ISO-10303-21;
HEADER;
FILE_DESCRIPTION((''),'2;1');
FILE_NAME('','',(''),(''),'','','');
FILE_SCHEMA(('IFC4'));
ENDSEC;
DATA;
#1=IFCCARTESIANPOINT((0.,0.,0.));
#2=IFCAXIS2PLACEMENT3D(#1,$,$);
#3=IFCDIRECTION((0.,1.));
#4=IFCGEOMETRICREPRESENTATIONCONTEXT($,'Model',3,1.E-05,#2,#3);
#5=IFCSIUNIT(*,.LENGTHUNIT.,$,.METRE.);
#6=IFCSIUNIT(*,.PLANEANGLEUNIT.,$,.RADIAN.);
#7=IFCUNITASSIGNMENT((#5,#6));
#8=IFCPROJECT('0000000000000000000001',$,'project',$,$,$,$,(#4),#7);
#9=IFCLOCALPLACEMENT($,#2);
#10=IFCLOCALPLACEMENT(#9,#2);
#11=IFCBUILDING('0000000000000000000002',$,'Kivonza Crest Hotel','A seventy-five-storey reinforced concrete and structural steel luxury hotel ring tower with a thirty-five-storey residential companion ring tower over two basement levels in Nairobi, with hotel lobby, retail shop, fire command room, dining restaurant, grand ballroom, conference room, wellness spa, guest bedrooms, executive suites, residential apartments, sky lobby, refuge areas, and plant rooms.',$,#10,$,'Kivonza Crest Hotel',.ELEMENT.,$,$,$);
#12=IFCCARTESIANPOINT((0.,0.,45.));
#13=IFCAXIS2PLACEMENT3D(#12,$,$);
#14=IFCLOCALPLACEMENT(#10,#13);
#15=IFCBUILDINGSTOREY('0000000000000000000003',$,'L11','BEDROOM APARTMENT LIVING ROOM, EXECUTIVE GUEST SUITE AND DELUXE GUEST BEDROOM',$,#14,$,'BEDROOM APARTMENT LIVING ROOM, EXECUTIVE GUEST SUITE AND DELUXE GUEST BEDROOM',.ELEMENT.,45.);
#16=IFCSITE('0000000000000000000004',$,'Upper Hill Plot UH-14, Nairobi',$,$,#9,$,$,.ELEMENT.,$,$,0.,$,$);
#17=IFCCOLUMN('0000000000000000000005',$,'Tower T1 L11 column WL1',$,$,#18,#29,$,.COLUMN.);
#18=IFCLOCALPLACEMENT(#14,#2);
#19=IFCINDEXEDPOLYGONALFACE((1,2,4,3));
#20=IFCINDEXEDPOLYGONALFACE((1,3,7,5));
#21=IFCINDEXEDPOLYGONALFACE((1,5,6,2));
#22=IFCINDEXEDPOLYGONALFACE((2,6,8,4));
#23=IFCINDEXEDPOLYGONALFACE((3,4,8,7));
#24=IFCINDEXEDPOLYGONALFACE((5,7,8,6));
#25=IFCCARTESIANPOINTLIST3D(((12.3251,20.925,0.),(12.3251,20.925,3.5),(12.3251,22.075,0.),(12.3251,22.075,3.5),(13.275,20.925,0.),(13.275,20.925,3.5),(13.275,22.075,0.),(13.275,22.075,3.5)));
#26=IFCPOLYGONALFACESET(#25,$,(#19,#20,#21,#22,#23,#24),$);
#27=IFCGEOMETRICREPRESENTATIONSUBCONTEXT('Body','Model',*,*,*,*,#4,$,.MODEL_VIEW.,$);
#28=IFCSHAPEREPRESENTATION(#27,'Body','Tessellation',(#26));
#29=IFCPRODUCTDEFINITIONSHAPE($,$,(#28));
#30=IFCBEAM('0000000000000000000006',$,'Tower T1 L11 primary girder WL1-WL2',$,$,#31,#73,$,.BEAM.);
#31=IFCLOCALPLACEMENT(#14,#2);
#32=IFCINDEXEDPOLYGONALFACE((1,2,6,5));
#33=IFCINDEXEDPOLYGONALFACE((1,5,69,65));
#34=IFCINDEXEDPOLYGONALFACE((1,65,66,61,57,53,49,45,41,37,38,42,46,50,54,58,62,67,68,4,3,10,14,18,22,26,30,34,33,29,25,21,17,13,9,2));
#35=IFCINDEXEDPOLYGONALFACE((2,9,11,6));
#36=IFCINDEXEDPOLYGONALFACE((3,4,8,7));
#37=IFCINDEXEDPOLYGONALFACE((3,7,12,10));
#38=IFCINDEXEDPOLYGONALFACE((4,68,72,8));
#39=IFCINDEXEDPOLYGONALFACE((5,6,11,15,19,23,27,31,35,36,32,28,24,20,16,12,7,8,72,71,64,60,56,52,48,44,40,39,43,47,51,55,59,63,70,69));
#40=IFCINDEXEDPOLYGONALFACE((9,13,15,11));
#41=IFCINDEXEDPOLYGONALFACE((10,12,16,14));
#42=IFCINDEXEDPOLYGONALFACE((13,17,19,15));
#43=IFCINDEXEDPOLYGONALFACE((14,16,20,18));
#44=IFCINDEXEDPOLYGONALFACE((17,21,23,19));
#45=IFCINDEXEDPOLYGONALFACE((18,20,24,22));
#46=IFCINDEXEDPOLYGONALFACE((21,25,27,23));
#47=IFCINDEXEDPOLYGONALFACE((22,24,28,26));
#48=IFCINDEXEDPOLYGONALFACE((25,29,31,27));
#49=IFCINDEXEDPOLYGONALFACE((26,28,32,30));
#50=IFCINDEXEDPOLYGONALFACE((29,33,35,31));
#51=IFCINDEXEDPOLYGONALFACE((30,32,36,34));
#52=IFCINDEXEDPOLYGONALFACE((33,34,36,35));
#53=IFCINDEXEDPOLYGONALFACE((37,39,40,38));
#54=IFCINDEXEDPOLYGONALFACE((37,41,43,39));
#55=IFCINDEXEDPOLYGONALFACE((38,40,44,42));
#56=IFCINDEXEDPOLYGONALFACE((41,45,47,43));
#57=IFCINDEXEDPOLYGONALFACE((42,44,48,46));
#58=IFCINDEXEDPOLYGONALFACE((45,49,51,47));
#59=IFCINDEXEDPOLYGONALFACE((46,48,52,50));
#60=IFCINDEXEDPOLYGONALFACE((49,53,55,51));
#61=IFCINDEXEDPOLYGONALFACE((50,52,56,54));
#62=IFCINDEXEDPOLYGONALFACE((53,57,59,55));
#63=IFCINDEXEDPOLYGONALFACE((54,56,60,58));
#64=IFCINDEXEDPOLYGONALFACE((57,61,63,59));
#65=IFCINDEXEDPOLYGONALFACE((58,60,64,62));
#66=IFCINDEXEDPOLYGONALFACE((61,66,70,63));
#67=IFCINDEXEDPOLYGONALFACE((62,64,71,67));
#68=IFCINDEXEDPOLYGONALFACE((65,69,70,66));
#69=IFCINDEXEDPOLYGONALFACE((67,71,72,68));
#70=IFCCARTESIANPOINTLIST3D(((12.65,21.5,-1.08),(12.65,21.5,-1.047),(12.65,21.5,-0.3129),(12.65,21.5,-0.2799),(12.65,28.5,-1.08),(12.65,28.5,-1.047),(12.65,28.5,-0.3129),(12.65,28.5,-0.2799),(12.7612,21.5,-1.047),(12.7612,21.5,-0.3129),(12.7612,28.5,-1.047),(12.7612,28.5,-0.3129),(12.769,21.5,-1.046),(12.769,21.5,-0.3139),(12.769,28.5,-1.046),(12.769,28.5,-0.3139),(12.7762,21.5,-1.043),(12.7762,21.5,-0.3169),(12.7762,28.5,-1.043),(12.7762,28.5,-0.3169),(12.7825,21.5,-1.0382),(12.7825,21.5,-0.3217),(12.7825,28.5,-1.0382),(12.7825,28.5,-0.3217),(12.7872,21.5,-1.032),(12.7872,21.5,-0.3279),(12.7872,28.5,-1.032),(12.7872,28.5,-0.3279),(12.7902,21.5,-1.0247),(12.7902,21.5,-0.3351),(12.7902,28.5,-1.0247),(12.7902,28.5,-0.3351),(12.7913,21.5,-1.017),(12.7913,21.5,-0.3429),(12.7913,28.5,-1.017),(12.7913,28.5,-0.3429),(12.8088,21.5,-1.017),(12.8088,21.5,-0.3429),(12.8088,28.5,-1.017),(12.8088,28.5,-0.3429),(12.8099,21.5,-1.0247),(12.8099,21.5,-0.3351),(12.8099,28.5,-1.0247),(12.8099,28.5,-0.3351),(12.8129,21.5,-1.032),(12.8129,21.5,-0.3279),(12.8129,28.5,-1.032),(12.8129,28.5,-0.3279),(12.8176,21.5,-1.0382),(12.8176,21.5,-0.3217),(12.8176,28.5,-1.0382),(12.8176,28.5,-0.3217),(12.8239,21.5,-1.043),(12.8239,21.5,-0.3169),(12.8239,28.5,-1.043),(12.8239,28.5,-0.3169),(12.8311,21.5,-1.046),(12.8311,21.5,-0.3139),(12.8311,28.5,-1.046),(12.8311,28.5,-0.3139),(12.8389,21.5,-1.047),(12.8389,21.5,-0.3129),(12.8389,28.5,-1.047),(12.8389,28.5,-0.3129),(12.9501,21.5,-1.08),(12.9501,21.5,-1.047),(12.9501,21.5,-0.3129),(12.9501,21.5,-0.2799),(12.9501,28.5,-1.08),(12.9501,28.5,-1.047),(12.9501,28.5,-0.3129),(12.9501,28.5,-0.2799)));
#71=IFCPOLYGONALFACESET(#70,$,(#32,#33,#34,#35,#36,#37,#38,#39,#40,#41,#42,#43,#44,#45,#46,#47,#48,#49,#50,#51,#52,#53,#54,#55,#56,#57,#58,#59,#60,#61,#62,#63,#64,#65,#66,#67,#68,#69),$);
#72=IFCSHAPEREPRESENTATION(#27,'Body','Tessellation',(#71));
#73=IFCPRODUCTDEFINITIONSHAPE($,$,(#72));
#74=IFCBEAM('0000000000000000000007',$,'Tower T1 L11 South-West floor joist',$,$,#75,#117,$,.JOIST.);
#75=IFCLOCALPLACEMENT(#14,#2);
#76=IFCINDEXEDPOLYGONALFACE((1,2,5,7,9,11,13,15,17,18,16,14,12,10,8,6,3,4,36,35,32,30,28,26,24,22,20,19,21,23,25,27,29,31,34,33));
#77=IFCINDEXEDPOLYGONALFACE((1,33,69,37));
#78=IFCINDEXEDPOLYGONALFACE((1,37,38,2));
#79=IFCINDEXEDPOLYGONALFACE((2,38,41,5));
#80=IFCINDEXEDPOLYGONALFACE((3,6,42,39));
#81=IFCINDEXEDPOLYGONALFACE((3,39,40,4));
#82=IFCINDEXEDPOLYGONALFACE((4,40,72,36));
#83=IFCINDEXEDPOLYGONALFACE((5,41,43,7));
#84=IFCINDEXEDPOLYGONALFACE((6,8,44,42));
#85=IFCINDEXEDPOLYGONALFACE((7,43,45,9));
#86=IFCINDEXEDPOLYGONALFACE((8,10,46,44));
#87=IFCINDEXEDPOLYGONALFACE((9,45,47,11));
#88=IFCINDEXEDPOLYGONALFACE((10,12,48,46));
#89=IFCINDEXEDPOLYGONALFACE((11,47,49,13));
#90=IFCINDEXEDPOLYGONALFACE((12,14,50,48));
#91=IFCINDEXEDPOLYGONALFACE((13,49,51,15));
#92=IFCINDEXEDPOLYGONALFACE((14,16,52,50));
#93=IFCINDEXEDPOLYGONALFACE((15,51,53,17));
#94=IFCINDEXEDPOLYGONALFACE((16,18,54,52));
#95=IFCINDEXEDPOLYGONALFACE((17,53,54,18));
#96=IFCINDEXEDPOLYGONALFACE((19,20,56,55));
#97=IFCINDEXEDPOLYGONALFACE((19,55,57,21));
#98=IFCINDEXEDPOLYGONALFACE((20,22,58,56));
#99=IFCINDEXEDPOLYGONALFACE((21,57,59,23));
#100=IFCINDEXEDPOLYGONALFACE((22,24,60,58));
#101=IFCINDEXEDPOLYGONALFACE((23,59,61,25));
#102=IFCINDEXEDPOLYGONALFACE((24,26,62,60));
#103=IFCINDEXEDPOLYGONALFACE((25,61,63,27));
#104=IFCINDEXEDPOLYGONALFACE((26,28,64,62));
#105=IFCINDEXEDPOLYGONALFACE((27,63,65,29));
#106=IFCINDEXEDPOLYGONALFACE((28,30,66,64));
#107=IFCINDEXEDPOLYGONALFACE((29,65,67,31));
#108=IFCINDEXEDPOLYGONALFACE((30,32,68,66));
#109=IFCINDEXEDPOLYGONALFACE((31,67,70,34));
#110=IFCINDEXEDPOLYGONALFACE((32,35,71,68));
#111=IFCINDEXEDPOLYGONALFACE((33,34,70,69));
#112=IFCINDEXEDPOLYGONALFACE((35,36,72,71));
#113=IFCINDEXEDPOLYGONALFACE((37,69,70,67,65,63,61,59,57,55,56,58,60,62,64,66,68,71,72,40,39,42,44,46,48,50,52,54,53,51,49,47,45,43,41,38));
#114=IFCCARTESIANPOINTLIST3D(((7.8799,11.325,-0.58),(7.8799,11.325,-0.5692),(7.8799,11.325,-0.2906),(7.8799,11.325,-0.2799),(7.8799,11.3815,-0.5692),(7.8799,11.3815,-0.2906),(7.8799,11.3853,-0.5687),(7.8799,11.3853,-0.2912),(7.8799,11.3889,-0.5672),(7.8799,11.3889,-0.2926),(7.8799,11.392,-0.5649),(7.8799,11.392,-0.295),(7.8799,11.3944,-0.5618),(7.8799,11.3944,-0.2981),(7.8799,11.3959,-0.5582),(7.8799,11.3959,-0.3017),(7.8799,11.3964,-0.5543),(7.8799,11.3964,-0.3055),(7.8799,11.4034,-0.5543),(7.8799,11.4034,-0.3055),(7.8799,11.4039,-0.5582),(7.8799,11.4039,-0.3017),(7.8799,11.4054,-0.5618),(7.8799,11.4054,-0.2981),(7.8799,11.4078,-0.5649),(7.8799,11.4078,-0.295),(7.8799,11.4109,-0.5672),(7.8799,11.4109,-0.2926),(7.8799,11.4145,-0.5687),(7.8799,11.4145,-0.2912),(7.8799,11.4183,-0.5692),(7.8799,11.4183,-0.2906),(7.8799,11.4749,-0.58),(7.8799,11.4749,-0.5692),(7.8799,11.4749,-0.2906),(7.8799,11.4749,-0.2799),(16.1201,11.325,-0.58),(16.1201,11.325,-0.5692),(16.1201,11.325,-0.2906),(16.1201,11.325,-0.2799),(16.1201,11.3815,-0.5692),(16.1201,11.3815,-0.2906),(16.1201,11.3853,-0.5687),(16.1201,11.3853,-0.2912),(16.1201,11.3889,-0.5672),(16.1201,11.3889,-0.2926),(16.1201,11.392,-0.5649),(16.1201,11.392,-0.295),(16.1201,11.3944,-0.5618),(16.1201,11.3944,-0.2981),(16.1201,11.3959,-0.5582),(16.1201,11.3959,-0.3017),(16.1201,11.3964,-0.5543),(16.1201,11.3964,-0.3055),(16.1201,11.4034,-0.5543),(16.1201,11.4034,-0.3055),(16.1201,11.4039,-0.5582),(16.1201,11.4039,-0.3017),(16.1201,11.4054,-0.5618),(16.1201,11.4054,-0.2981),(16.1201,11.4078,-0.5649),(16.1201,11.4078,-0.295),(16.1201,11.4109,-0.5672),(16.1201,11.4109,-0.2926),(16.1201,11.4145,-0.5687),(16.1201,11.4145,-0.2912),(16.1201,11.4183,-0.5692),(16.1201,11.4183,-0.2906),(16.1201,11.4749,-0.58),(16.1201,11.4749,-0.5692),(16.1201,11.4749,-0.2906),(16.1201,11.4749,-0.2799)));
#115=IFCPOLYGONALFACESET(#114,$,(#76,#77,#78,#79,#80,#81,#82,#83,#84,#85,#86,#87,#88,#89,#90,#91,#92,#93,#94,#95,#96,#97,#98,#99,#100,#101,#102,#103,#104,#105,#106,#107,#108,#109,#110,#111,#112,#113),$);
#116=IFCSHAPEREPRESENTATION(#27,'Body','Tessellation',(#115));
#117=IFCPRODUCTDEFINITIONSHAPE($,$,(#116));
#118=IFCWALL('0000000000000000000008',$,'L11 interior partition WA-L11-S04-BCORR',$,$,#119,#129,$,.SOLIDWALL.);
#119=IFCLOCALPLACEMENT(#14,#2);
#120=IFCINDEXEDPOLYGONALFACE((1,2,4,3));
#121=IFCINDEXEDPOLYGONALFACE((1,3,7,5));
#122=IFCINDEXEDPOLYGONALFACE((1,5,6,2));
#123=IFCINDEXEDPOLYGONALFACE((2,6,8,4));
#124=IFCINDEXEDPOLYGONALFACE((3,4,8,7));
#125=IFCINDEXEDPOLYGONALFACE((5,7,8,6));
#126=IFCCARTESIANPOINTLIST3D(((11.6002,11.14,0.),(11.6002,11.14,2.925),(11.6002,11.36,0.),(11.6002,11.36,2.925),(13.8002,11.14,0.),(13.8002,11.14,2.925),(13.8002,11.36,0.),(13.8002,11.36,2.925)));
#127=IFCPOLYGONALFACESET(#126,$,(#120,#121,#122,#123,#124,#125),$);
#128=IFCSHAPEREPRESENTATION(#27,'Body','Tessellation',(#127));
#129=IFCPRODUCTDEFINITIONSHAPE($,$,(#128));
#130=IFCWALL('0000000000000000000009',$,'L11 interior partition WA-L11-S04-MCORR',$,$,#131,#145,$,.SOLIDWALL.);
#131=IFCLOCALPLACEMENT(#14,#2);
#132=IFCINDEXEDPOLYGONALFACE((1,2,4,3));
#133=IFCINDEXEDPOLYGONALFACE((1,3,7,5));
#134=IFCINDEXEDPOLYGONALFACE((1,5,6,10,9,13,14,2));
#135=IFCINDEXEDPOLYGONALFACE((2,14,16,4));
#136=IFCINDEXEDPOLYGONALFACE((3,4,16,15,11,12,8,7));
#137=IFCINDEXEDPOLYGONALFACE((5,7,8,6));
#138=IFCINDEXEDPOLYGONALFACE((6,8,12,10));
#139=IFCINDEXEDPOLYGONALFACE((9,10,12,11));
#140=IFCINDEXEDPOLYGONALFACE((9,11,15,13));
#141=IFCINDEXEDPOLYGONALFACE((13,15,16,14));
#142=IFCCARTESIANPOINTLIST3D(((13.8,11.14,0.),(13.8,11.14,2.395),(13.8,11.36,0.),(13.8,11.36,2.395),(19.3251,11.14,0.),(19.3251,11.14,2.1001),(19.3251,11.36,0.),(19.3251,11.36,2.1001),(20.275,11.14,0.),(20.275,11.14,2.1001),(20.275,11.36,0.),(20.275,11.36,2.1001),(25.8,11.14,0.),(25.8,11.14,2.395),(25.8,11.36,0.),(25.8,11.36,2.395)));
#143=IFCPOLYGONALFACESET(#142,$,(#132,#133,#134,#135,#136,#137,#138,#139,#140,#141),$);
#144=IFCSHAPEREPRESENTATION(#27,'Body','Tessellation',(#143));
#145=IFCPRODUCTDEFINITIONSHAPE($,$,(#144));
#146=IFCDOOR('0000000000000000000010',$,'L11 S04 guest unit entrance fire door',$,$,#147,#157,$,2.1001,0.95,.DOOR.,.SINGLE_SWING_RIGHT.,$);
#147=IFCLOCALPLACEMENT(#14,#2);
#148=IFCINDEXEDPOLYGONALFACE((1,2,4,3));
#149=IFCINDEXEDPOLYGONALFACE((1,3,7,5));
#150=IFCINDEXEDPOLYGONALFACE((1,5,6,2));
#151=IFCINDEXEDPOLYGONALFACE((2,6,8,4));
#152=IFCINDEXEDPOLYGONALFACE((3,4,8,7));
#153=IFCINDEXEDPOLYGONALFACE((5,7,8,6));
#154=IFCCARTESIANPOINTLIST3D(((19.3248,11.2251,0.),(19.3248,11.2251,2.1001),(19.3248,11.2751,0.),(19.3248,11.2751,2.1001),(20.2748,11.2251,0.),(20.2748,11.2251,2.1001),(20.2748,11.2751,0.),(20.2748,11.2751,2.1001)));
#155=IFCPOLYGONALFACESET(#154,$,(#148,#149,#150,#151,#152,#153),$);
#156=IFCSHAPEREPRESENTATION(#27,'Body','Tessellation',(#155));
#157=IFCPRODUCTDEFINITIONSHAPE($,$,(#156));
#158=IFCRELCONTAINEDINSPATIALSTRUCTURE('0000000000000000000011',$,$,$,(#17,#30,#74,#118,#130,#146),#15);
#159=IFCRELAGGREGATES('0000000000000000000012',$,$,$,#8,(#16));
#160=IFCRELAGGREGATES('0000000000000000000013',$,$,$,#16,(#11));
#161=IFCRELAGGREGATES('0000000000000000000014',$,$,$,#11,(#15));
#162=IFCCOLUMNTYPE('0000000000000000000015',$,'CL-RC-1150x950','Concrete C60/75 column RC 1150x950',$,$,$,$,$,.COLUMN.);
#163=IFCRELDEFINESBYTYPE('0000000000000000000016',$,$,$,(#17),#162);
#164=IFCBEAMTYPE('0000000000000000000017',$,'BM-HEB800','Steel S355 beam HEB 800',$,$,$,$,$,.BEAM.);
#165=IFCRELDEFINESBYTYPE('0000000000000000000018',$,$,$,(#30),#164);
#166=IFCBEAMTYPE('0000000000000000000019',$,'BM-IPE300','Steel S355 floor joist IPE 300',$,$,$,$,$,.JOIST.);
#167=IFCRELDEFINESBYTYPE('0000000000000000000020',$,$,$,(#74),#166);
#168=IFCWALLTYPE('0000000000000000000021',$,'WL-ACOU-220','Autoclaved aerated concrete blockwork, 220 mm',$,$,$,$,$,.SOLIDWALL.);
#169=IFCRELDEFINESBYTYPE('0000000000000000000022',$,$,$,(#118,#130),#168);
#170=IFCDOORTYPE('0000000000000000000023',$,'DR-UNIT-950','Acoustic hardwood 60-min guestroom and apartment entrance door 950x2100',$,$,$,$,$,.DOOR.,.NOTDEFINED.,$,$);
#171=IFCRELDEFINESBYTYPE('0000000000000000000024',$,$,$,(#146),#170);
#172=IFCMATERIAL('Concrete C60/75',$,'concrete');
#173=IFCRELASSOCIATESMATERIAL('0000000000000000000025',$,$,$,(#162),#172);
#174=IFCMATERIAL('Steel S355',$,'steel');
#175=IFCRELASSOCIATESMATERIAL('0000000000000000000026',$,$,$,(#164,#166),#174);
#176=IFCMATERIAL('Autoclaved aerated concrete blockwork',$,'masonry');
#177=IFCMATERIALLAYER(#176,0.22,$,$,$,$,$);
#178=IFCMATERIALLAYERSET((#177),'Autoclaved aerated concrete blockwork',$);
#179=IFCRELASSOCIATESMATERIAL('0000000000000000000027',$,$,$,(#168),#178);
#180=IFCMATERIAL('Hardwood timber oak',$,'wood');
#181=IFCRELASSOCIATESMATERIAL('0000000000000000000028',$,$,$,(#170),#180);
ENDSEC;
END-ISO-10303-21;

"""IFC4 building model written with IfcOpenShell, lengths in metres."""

from ifc_helpers import new_model, si_unit, direction, frame, frame_2d, origin, origin_2d, place, context, subcontext, project, spatial, rectangle, i_section, extrude, material, layer, layer_set, material_profile, profile_set, type_object, element, fill, save


model = new_model("IFC4")

# Units and contexts
model_context = context("Model", 3, precision=1e-05, world=origin(), true_north=direction((0.0, 1.0)))
body_context = subcontext(model_context, "Body", "Model", "MODEL_VIEW")
ifc_project = project(units=[si_unit("LENGTHUNIT", "METRE"), si_unit("PLANEANGLEUNIT", "RADIAN")], contexts=[model_context])

# Site, building, storey
site_placement = place(None, origin())
site = spatial("IfcSite", under=ifc_project, at=site_placement, Name="Upper Hill Plot UH-14, Nairobi", CompositionType="ELEMENT", RefElevation=0.0)
building_placement = place(site_placement, origin())
building = spatial("IfcBuilding", under=site, at=building_placement, Name="Kivonza Crest Hotel", Description="A seventy-five-storey reinforced concrete and structural steel luxury hotel ring tower with a thirty-five-storey residential companion ring tower over two basement levels in Nairobi, with hotel lobby, retail shop, fire command room, dining restaurant, grand ballroom, conference room, wellness spa, guest bedrooms, executive suites, residential apartments, sky lobby, refuge areas, and plant rooms.", LongName="Kivonza Crest Hotel", CompositionType="ELEMENT")
storey_placement = place(building_placement, frame((0.0, 0.0, 45.0)))
storey = spatial("IfcBuildingStorey", under=building, at=storey_placement, Name="L11", Description="BEDROOM APARTMENT LIVING ROOM, EXECUTIVE GUEST SUITE AND DELUXE GUEST BEDROOM", LongName="BEDROOM APARTMENT LIVING ROOM, EXECUTIVE GUEST SUITE AND DELUXE GUEST BEDROOM", CompositionType="ELEMENT", Elevation=45.0)

# Column
ifc_material_1 = material(Name="Concrete C60/75", Category="concrete")
ifc_material_profile_1 = material_profile(ifc_material_1, rectangle(XDim=0.95, YDim=1.1499, at=origin_2d()), Name="RC 1150x950")
ifc_profile_set_1 = profile_set([ifc_material_profile_1], Name="Concrete C60/75")
column_type = type_object("IfcColumnType", Name="CL-RC-1150x950", Description="Concrete C60/75 column RC 1150x950", PredefinedType="COLUMN", material=ifc_profile_set_1)
column_placement = place(storey_placement, frame((12.8, 21.5, 0.0), z_axis=(0.0, 0.0, 1.0), x_axis=(1.0, 0.0, 0.0)))
element("IfcColumn", 1, at=column_placement, inside=storey, type_object=column_type, Name="Tower T1 L11 column WL1", PredefinedType="COLUMN", context=body_context, shape_type="SweptSolid", body=[
    extrude(rectangle(XDim=0.95, YDim=1.1499, at=origin_2d()), origin(), (0.0, 0.0, 1.0), 3.5),
])

# Beams
ifc_material_2 = material(Name="Steel S355", Category="steel")
ifc_material_profile_2 = material_profile(ifc_material_2, i_section(OverallWidth=0.3, OverallDepth=0.8, WebThickness=0.0176, FlangeThickness=0.033, FilletRadius=0.03, at=origin_2d()), Name="HEB 800")
ifc_profile_set_2 = profile_set([ifc_material_profile_2], Name="Steel S355")
beam_type_1 = type_object("IfcBeamType", Name="BM-HEB800", Description="Steel S355 beam HEB 800", PredefinedType="BEAM", material=ifc_profile_set_2)
beam_1_placement = place(storey_placement, frame((12.8, 21.5, -0.6799), z_axis=(0.0, 1.0, 0.0), x_axis=(-1.0, 0.0, 0.0)))
element("IfcBeam", 2, at=beam_1_placement, inside=storey, type_object=beam_type_1, Name="Tower T1 L11 primary girder WL1-WL2", PredefinedType="BEAM", context=body_context, shape_type="SweptSolid", body=[
    extrude(i_section(OverallWidth=0.3, OverallDepth=0.8, WebThickness=0.0176, FlangeThickness=0.033, FilletRadius=0.03, at=origin_2d()), origin(), (0.0, 0.0, 1.0), 7.0),
])
ifc_material_profile_3 = material_profile(ifc_material_2, i_section(OverallWidth=0.1499, OverallDepth=0.3, WebThickness=0.0071, FlangeThickness=0.0107, FilletRadius=0.0149, at=origin_2d()), Name="IPE 300")
ifc_profile_set_3 = profile_set([ifc_material_profile_3], Name="Steel S355")
beam_type_2 = type_object("IfcBeamType", Name="BM-IPE300", Description="Steel S355 floor joist IPE 300", PredefinedType="JOIST", material=ifc_profile_set_3)
beam_2_placement = place(storey_placement, frame((7.8799, 11.3999, -0.4299), z_axis=(1.0, 0.0, 0.0), x_axis=(0.0, 1.0, 0.0)))
element("IfcBeam", 3, at=beam_2_placement, inside=storey, type_object=beam_type_2, Name="Tower T1 L11 South-West floor joist", PredefinedType="JOIST", context=body_context, shape_type="SweptSolid", body=[
    extrude(i_section(OverallWidth=0.1499, OverallDepth=0.3, WebThickness=0.0071, FlangeThickness=0.0107, FilletRadius=0.0149, at=origin_2d()), origin(), (0.0, 0.0, 1.0), 8.2402),
])

# Wall
ifc_material_3 = material(Name="Autoclaved aerated concrete blockwork", Category="masonry")
ifc_layer_1 = layer(ifc_material_3, 0.22)
ifc_layer_set_1 = layer_set([ifc_layer_1], Name="Autoclaved aerated concrete blockwork")
wall_type_1 = type_object("IfcWallType", Name="WL-ACOU-220", Description="Autoclaved aerated concrete blockwork, 220 mm", PredefinedType="SOLIDWALL", material=ifc_layer_set_1)
wall_1_placement = place(storey_placement, frame((11.6001, 11.25, 0.0), z_axis=(0.0, 0.0, 1.0), x_axis=(1.0, 0.0, 0.0)))
element("IfcWall", 4, at=wall_1_placement, inside=storey, type_object=wall_type_1, Name="L11 interior partition WA-L11-S04-BCORR", PredefinedType="SOLIDWALL", context=body_context, shape_type="SweptSolid", body=[
    extrude(rectangle(XDim=2.2, YDim=0.22, at=frame_2d((1.1001, 0.0))), origin(), (0.0, 0.0, 1.0), 2.925),
])

# Wall, opening, door
wall_2_placement = place(storey_placement, frame((13.8, 11.25, 0.0), z_axis=(0.0, 0.0, 1.0), x_axis=(1.0, 0.0, 0.0)))
wall_2 = element("IfcWall", 5, at=wall_2_placement, inside=storey, type_object=wall_type_1, Name="L11 interior partition WA-L11-S04-MCORR", PredefinedType="SOLIDWALL", context=body_context, shape_type="SweptSolid", body=[
    extrude(rectangle(XDim=12.0, YDim=0.22, at=frame_2d((6.0, 0.0))), origin(), (0.0, 0.0, 1.0), 2.395),
])
opening_1_placement = place(wall_2_placement, frame((5.5249, 0.0, 0.0)))
opening_1 = element("IfcOpeningElement", 6, at=opening_1_placement, cuts=wall_2, PredefinedType="OPENING", context=body_context, shape_type="SweptSolid", body=[
    extrude(rectangle(XDim=0.95, YDim=2.1001, at=frame_2d((0.4751, 1.05))), frame((0.0, 0.1201, 0.0), z_axis=(0.0, -1.0, 0.0), x_axis=(1.0, 0.0, 0.0)), (0.0, 0.0, 1.0), 0.24),
])
ifc_material_4 = material(Name="Hardwood timber oak", Category="wood")
door_type_1 = type_object("IfcDoorType", Name="DR-UNIT-950", Description="Acoustic hardwood 60-min guestroom and apartment entrance door 950x2100", OperationType="NOTDEFINED", PredefinedType="DOOR", material=ifc_material_4)
door_1_placement = place(opening_1_placement, frame((0.95, 0.0, 0.0), z_axis=(0.0, 0.0, 1.0), x_axis=(-1.0, 0.0, 0.0)))
door_1 = element("IfcDoor", 7, at=door_1_placement, inside=storey, type_object=door_type_1, Name="L11 S04 guest unit entrance fire door", OperationType="SINGLE_SWING_RIGHT", OverallHeight=2.1001, OverallWidth=0.95, PredefinedType="DOOR", context=body_context, shape_type="SweptSolid", body=[
    extrude(rectangle(XDim=0.95, YDim=2.1001, at=frame_2d((0.4751, 1.05))), frame((0.0, 0.0249, 0.0), z_axis=(0.0, -1.0, 0.0), x_axis=(1.0, 0.0, 0.0)), (0.0, 0.0, 1.0), 0.05),
])
fill(opening_1, door_1)

save(model, "model.ifc")
